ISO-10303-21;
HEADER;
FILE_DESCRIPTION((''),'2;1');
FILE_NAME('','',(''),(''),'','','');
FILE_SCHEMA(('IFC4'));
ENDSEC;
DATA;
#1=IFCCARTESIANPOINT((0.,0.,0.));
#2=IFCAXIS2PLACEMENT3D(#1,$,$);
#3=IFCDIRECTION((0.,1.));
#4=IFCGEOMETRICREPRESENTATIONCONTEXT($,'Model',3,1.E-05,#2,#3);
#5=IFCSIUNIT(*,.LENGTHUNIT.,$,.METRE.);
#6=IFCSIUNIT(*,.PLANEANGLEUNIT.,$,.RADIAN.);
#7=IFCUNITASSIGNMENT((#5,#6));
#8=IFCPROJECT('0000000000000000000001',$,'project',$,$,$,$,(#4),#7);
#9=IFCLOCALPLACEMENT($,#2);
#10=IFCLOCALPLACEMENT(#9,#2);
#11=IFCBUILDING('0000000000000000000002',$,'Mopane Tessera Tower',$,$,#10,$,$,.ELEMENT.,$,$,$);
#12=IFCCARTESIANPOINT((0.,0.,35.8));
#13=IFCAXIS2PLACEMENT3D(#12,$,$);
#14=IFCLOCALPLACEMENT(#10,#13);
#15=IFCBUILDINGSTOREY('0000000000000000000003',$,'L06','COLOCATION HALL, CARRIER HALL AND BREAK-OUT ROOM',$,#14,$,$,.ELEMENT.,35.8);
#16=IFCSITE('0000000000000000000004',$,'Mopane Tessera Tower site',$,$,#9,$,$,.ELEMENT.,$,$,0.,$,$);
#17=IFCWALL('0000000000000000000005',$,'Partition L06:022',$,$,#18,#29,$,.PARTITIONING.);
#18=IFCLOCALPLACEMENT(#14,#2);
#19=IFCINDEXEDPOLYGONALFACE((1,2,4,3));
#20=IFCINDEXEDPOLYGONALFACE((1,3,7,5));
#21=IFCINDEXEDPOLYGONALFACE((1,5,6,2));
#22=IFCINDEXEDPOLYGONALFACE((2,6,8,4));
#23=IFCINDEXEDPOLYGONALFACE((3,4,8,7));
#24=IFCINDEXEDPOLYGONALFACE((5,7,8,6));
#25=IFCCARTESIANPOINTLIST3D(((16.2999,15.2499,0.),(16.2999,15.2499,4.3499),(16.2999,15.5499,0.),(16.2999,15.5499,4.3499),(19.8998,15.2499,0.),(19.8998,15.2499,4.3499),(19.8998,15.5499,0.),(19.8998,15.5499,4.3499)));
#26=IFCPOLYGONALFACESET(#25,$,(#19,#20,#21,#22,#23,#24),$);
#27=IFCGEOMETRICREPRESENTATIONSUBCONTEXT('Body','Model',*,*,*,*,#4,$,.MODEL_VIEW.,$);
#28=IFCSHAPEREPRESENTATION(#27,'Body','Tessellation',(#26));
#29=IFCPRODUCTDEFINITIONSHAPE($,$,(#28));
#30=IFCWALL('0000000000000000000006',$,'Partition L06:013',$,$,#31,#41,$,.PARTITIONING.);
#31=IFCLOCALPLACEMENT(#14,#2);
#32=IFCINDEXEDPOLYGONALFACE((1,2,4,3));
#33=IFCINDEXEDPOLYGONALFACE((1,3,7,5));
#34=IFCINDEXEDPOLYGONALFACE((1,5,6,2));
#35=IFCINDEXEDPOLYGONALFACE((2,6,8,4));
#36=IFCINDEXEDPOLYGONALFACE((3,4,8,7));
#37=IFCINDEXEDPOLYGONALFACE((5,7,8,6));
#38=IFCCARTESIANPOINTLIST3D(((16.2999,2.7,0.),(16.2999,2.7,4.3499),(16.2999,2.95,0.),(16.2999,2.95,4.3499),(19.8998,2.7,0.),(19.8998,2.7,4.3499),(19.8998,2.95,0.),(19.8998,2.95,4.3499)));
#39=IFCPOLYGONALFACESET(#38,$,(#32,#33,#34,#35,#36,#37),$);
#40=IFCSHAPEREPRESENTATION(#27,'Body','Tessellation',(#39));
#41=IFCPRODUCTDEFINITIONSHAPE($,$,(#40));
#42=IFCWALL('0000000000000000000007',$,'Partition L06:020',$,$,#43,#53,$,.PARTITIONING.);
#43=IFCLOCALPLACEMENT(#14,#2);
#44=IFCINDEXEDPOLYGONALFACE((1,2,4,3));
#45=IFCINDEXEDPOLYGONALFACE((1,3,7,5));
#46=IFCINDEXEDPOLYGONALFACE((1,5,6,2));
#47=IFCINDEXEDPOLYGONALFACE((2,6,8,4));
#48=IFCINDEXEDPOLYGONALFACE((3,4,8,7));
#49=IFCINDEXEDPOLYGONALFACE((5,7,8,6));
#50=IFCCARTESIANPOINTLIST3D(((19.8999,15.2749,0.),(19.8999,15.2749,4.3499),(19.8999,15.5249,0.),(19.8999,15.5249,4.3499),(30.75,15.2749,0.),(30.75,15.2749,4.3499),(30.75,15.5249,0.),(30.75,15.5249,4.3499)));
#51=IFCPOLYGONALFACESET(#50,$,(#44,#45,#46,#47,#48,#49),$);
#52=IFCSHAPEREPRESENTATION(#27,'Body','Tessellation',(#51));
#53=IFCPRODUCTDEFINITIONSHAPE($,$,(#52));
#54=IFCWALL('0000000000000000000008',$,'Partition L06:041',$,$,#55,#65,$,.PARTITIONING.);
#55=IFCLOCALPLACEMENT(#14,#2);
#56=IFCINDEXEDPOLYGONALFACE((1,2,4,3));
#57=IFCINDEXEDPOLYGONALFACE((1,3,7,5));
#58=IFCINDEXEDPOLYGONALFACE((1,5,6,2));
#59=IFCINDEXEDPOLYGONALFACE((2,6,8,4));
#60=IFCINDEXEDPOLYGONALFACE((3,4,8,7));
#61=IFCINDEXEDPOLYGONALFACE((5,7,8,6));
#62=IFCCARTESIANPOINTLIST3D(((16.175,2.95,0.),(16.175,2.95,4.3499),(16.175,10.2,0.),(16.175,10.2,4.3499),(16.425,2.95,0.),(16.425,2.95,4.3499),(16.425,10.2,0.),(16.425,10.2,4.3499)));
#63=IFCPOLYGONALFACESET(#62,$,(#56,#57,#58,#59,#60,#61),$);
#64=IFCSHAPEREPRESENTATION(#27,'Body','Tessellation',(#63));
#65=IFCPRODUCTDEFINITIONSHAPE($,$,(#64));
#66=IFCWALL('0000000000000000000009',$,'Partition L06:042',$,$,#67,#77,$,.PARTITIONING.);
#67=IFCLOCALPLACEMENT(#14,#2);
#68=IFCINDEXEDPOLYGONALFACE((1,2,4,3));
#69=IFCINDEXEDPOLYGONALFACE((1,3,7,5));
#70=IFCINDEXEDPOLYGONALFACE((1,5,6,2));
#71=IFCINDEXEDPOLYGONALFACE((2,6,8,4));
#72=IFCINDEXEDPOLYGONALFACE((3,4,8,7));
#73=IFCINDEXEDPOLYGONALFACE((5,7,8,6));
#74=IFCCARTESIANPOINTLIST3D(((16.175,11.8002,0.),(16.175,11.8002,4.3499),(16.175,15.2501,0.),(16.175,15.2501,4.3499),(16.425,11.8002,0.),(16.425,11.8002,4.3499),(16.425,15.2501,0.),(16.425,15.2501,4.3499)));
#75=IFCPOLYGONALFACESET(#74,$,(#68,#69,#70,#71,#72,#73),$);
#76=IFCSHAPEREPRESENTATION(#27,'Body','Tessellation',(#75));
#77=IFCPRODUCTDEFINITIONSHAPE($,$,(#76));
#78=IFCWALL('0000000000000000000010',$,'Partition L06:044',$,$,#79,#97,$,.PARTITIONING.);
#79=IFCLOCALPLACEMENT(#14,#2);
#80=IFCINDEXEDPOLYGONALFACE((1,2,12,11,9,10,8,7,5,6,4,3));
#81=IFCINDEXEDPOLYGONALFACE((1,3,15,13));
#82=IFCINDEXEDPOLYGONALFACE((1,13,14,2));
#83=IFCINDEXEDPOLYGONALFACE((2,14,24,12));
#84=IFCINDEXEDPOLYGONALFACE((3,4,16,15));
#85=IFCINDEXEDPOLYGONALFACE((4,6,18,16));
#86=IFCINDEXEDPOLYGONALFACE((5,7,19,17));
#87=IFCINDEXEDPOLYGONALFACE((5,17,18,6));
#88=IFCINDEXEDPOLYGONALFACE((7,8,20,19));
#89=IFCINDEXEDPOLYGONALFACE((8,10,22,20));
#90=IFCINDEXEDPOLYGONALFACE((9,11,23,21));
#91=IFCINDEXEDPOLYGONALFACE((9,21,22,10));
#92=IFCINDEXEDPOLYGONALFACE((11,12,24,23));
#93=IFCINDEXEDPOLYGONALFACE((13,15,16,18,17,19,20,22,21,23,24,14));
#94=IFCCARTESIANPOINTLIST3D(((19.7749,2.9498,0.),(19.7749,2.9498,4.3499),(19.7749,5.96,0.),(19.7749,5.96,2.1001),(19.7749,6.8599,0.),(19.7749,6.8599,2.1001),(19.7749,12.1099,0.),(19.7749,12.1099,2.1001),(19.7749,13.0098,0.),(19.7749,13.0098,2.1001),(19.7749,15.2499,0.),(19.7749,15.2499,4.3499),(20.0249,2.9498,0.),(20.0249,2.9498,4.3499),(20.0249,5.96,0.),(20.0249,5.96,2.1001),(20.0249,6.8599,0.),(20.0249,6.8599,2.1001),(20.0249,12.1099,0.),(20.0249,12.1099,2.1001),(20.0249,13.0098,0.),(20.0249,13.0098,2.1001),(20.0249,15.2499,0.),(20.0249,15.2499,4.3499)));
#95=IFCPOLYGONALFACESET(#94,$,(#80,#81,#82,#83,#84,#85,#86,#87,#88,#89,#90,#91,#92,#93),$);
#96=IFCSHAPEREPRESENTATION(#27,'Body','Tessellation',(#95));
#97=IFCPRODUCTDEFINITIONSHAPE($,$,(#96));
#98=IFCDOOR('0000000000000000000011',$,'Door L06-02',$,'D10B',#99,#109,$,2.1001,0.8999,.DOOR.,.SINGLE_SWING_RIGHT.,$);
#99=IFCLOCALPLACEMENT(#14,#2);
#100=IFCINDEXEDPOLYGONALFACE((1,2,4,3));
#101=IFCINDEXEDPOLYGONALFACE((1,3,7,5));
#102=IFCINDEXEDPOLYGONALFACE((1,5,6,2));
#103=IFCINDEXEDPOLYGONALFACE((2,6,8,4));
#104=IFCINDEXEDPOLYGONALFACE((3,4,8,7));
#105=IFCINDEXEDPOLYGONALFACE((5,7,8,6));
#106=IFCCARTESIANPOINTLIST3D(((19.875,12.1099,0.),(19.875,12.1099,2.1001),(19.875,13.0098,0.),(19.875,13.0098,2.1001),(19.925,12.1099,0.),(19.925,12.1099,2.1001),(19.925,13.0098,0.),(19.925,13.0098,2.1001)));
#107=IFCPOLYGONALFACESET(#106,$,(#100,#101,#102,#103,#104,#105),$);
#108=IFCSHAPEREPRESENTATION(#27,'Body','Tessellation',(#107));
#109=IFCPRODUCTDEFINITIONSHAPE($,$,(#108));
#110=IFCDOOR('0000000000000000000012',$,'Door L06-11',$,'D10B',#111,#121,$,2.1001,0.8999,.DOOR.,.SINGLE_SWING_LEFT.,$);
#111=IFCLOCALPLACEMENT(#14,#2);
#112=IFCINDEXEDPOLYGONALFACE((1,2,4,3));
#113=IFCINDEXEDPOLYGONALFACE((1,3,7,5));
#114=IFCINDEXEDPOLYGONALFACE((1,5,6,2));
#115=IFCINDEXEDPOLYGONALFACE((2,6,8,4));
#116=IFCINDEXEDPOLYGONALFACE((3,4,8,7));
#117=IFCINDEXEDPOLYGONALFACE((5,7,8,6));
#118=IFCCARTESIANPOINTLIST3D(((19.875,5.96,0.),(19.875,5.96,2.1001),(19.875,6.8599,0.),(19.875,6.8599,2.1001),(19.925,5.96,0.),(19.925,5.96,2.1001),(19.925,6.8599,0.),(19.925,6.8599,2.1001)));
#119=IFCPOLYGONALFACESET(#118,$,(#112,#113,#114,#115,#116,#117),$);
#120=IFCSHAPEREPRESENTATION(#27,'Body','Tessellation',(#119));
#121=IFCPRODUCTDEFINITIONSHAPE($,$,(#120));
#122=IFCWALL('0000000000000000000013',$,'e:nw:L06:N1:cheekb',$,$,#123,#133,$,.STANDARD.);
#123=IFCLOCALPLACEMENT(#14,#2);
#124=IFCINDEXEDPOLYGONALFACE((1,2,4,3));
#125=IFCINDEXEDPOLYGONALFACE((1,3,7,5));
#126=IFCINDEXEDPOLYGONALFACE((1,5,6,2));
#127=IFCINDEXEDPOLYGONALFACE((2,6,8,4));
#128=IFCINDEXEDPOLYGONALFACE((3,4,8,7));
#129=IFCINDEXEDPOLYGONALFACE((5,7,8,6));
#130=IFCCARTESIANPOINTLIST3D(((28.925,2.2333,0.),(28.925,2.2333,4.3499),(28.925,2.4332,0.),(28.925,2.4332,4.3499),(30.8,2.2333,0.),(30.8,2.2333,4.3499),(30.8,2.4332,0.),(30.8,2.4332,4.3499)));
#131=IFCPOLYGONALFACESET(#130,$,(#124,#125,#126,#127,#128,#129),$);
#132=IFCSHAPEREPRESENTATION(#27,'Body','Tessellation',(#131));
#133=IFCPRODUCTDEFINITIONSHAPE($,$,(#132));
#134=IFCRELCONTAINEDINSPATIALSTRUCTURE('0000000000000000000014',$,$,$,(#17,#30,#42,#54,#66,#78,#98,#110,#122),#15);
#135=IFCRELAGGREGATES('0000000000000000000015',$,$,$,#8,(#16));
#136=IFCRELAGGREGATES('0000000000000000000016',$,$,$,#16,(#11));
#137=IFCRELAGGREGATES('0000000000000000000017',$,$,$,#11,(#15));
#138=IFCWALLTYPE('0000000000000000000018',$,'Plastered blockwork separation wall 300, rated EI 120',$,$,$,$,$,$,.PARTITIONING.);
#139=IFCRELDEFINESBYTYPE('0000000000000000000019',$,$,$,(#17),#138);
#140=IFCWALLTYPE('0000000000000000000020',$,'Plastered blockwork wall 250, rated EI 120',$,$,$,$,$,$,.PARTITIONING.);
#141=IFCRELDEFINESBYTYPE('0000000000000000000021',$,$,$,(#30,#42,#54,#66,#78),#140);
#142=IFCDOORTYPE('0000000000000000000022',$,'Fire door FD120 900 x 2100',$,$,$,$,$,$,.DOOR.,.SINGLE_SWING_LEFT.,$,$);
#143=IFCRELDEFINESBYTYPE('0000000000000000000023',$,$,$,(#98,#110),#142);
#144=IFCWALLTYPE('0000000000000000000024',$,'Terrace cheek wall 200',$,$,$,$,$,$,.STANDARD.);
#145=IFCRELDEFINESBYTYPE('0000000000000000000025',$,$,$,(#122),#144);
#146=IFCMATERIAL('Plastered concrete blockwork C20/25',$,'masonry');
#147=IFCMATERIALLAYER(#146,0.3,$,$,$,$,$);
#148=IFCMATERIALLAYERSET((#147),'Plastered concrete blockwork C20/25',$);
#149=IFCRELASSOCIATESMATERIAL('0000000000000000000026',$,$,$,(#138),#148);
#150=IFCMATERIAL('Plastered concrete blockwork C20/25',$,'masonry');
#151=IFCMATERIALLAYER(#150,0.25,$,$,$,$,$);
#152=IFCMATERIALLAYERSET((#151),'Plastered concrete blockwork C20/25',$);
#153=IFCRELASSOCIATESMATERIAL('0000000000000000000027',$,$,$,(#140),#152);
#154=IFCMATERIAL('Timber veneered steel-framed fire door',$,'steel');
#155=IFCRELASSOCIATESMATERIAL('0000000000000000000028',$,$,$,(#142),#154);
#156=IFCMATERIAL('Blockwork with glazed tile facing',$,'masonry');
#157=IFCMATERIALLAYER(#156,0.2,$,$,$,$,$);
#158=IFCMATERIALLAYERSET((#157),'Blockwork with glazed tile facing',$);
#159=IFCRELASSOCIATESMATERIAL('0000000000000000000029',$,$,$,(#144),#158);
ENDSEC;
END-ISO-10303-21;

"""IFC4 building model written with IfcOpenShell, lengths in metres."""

from ifc_helpers import new_model, si_unit, direction, frame, frame_2d, origin, place, context, subcontext, project, spatial, rectangle, extrude, material, layer, layer_set, type_object, element, fill, save


model = new_model("IFC4")

# Units and contexts
model_context = context("Model", 3, precision=1e-05, world=origin(), true_north=direction((0.0, 1.0)))
body_context = subcontext(model_context, "Body", "Model", "MODEL_VIEW")
ifc_project = project(units=[si_unit("LENGTHUNIT", "METRE"), si_unit("PLANEANGLEUNIT", "RADIAN")], contexts=[model_context])

# Site, building, storey
site_placement = place(None, origin())
site = spatial("IfcSite", under=ifc_project, at=site_placement, Name="Mopane Tessera Tower site", CompositionType="ELEMENT", RefElevation=0.0)
building_placement = place(site_placement, origin())
building = spatial("IfcBuilding", under=site, at=building_placement, Name="Mopane Tessera Tower", CompositionType="ELEMENT")
storey_placement = place(building_placement, frame((0.0, 0.0, 35.8)))
storey = spatial("IfcBuildingStorey", under=building, at=storey_placement, Name="L06", Description="COLOCATION HALL, CARRIER HALL AND BREAK-OUT ROOM", CompositionType="ELEMENT", Elevation=35.8)

# Walls
ifc_material_1 = material(Name="Plastered concrete blockwork C20/25", Category="masonry")
ifc_layer_1 = layer(ifc_material_1, 0.3)
ifc_layer_set_1 = layer_set([ifc_layer_1], Name="Plastered concrete blockwork C20/25")
wall_type_1 = type_object("IfcWallType", Name="Plastered blockwork separation wall 300, rated EI 120", PredefinedType="PARTITIONING", material=ifc_layer_set_1)
wall_1_placement = place(storey_placement, frame((16.3, 15.3999, 0.0), z_axis=(0.0, 0.0, 1.0), x_axis=(1.0, 0.0, 0.0)))
element("IfcWall", 1, at=wall_1_placement, inside=storey, type_object=wall_type_1, Name="Partition L06:022", PredefinedType="PARTITIONING", context=body_context, shape_type="SweptSolid", body=[
    extrude(rectangle(XDim=3.5999, YDim=0.3, at=frame_2d((1.7998, 0.0))), origin(), (0.0, 0.0, 1.0), 4.3499),
])
ifc_material_2 = material(Name="Plastered concrete blockwork C20/25", Category="masonry")
ifc_layer_2 = layer(ifc_material_2, 0.25)
ifc_layer_set_2 = layer_set([ifc_layer_2], Name="Plastered concrete blockwork C20/25")
wall_type_2 = type_object("IfcWallType", Name="Plastered blockwork wall 250, rated EI 120", PredefinedType="PARTITIONING", material=ifc_layer_set_2)
wall_2_placement = place(storey_placement, frame((16.3, 2.825, 0.0), z_axis=(0.0, 0.0, 1.0), x_axis=(1.0, 0.0, 0.0)))
element("IfcWall", 2, at=wall_2_placement, inside=storey, type_object=wall_type_2, Name="Partition L06:013", PredefinedType="PARTITIONING", context=body_context, shape_type="SweptSolid", body=[
    extrude(rectangle(XDim=3.5999, YDim=0.25, at=frame_2d((1.7998, 0.0))), origin(), (0.0, 0.0, 1.0), 4.3499),
])
wall_3_placement = place(storey_placement, frame((19.8999, 15.3999, 0.0), z_axis=(0.0, 0.0, 1.0), x_axis=(1.0, 0.0, 0.0)))
element("IfcWall", 3, at=wall_3_placement, inside=storey, type_object=wall_type_2, Name="Partition L06:020", PredefinedType="PARTITIONING", context=body_context, shape_type="SweptSolid", body=[
    extrude(rectangle(XDim=10.8501, YDim=0.25, at=frame_2d((5.425, 0.0))), origin(), (0.0, 0.0, 1.0), 4.3499),
])
wall_4_placement = place(storey_placement, frame((16.3, 2.95, 0.0), z_axis=(0.0, 0.0, 1.0), x_axis=(0.0, 1.0, 0.0)))
element("IfcWall", 4, at=wall_4_placement, inside=storey, type_object=wall_type_2, Name="Partition L06:041", PredefinedType="PARTITIONING", context=body_context, shape_type="SweptSolid", body=[
    extrude(rectangle(XDim=7.25, YDim=0.25, at=frame_2d((3.625, 0.0))), origin(), (0.0, 0.0, 1.0), 4.3499),
])
wall_5_placement = place(storey_placement, frame((16.3, 11.8, 0.0), z_axis=(0.0, 0.0, 1.0), x_axis=(0.0, 1.0, 0.0)))
element("IfcWall", 5, at=wall_5_placement, inside=storey, type_object=wall_type_2, Name="Partition L06:042", PredefinedType="PARTITIONING", context=body_context, shape_type="SweptSolid", body=[
    extrude(rectangle(XDim=3.45, YDim=0.25, at=frame_2d((1.7251, 0.0))), origin(), (0.0, 0.0, 1.0), 4.3499),
])

# Wall, openings, doors
wall_6_placement = place(storey_placement, frame((19.8999, 2.95, 0.0), z_axis=(0.0, 0.0, 1.0), x_axis=(0.0, 1.0, 0.0)))
wall_6 = element("IfcWall", 6, at=wall_6_placement, inside=storey, type_object=wall_type_2, Name="Partition L06:044", PredefinedType="PARTITIONING", context=body_context, shape_type="SweptSolid", body=[
    extrude(rectangle(XDim=12.3, YDim=0.25, at=frame_2d((6.1499, 0.0))), origin(), (0.0, 0.0, 1.0), 4.3499),
])
opening_1_placement = place(wall_6_placement, frame((9.1599, 0.0, 0.0)))
opening_1 = element("IfcOpeningElement", 7, at=opening_1_placement, cuts=wall_6, PredefinedType="OPENING", context=body_context, shape_type="SweptSolid", body=[
    extrude(rectangle(XDim=0.8999, YDim=2.1001, at=frame_2d((0.45, 1.05))), frame((0.0, 0.137, 0.0), z_axis=(0.0, -1.0, 0.0), x_axis=(1.0, 0.0, 0.0)), (0.0, 0.0, 1.0), 0.2739),
])
opening_2_placement = place(wall_6_placement, frame((3.01, 0.0, 0.0)))
opening_2 = element("IfcOpeningElement", 8, at=opening_2_placement, cuts=wall_6, PredefinedType="OPENING", context=body_context, shape_type="SweptSolid", body=[
    extrude(rectangle(XDim=0.8999, YDim=2.1001, at=frame_2d((0.45, 1.05))), frame((0.0, 0.137, 0.0), z_axis=(0.0, -1.0, 0.0), x_axis=(1.0, 0.0, 0.0)), (0.0, 0.0, 1.0), 0.2739),
])
ifc_material_3 = material(Name="Timber veneered steel-framed fire door", Category="steel")
door_type = type_object("IfcDoorType", Name="Fire door FD120 900 x 2100", OperationType="SINGLE_SWING_LEFT", PredefinedType="DOOR", material=ifc_material_3)
door_1_placement = place(opening_1_placement, origin())
door_1 = element("IfcDoor", 9, at=door_1_placement, inside=storey, type_object=door_type, Name="Door L06-02", ObjectType="D10B", OperationType="SINGLE_SWING_RIGHT", OverallHeight=2.1001, OverallWidth=0.8999, PredefinedType="DOOR", context=body_context, shape_type="SweptSolid", body=[
    extrude(rectangle(XDim=0.8999, YDim=2.1001, at=frame_2d((0.45, 1.05))), frame((0.0, 0.0249, 0.0), z_axis=(0.0, -1.0, 0.0), x_axis=(1.0, 0.0, 0.0)), (0.0, 0.0, 1.0), 0.05),
])
fill(opening_1, door_1)
door_2_placement = place(opening_2_placement, origin())
door_2 = element("IfcDoor", 10, at=door_2_placement, inside=storey, type_object=door_type, Name="Door L06-11", ObjectType="D10B", OperationType="SINGLE_SWING_LEFT", OverallHeight=2.1001, OverallWidth=0.8999, PredefinedType="DOOR", context=body_context, shape_type="SweptSolid", body=[
    extrude(rectangle(XDim=0.8999, YDim=2.1001, at=frame_2d((0.45, 1.05))), frame((0.0, 0.0249, 0.0), z_axis=(0.0, -1.0, 0.0), x_axis=(1.0, 0.0, 0.0)), (0.0, 0.0, 1.0), 0.05),
])
fill(opening_2, door_2)

# Wall
ifc_material_4 = material(Name="Blockwork with glazed tile facing", Category="masonry")
ifc_layer_3 = layer(ifc_material_4, 0.2)
ifc_layer_set_3 = layer_set([ifc_layer_3], Name="Blockwork with glazed tile facing")
wall_type_3 = type_object("IfcWallType", Name="Terrace cheek wall 200", PredefinedType="STANDARD", material=ifc_layer_set_3)
wall_7_placement = place(storey_placement, frame((30.8, 2.3333, 0.0), z_axis=(0.0, 0.0, 1.0), x_axis=(-1.0, 0.0, 0.0)))
element("IfcWall", 11, at=wall_7_placement, inside=storey, type_object=wall_type_3, Name="e:nw:L06:N1:cheekb", PredefinedType="STANDARD", context=body_context, shape_type="SweptSolid", body=[
    extrude(rectangle(XDim=1.875, YDim=0.2, at=frame_2d((0.9375, 0.0))), origin(), (0.0, 0.0, 1.0), 4.3499),
])

save(model, "model.ifc")
